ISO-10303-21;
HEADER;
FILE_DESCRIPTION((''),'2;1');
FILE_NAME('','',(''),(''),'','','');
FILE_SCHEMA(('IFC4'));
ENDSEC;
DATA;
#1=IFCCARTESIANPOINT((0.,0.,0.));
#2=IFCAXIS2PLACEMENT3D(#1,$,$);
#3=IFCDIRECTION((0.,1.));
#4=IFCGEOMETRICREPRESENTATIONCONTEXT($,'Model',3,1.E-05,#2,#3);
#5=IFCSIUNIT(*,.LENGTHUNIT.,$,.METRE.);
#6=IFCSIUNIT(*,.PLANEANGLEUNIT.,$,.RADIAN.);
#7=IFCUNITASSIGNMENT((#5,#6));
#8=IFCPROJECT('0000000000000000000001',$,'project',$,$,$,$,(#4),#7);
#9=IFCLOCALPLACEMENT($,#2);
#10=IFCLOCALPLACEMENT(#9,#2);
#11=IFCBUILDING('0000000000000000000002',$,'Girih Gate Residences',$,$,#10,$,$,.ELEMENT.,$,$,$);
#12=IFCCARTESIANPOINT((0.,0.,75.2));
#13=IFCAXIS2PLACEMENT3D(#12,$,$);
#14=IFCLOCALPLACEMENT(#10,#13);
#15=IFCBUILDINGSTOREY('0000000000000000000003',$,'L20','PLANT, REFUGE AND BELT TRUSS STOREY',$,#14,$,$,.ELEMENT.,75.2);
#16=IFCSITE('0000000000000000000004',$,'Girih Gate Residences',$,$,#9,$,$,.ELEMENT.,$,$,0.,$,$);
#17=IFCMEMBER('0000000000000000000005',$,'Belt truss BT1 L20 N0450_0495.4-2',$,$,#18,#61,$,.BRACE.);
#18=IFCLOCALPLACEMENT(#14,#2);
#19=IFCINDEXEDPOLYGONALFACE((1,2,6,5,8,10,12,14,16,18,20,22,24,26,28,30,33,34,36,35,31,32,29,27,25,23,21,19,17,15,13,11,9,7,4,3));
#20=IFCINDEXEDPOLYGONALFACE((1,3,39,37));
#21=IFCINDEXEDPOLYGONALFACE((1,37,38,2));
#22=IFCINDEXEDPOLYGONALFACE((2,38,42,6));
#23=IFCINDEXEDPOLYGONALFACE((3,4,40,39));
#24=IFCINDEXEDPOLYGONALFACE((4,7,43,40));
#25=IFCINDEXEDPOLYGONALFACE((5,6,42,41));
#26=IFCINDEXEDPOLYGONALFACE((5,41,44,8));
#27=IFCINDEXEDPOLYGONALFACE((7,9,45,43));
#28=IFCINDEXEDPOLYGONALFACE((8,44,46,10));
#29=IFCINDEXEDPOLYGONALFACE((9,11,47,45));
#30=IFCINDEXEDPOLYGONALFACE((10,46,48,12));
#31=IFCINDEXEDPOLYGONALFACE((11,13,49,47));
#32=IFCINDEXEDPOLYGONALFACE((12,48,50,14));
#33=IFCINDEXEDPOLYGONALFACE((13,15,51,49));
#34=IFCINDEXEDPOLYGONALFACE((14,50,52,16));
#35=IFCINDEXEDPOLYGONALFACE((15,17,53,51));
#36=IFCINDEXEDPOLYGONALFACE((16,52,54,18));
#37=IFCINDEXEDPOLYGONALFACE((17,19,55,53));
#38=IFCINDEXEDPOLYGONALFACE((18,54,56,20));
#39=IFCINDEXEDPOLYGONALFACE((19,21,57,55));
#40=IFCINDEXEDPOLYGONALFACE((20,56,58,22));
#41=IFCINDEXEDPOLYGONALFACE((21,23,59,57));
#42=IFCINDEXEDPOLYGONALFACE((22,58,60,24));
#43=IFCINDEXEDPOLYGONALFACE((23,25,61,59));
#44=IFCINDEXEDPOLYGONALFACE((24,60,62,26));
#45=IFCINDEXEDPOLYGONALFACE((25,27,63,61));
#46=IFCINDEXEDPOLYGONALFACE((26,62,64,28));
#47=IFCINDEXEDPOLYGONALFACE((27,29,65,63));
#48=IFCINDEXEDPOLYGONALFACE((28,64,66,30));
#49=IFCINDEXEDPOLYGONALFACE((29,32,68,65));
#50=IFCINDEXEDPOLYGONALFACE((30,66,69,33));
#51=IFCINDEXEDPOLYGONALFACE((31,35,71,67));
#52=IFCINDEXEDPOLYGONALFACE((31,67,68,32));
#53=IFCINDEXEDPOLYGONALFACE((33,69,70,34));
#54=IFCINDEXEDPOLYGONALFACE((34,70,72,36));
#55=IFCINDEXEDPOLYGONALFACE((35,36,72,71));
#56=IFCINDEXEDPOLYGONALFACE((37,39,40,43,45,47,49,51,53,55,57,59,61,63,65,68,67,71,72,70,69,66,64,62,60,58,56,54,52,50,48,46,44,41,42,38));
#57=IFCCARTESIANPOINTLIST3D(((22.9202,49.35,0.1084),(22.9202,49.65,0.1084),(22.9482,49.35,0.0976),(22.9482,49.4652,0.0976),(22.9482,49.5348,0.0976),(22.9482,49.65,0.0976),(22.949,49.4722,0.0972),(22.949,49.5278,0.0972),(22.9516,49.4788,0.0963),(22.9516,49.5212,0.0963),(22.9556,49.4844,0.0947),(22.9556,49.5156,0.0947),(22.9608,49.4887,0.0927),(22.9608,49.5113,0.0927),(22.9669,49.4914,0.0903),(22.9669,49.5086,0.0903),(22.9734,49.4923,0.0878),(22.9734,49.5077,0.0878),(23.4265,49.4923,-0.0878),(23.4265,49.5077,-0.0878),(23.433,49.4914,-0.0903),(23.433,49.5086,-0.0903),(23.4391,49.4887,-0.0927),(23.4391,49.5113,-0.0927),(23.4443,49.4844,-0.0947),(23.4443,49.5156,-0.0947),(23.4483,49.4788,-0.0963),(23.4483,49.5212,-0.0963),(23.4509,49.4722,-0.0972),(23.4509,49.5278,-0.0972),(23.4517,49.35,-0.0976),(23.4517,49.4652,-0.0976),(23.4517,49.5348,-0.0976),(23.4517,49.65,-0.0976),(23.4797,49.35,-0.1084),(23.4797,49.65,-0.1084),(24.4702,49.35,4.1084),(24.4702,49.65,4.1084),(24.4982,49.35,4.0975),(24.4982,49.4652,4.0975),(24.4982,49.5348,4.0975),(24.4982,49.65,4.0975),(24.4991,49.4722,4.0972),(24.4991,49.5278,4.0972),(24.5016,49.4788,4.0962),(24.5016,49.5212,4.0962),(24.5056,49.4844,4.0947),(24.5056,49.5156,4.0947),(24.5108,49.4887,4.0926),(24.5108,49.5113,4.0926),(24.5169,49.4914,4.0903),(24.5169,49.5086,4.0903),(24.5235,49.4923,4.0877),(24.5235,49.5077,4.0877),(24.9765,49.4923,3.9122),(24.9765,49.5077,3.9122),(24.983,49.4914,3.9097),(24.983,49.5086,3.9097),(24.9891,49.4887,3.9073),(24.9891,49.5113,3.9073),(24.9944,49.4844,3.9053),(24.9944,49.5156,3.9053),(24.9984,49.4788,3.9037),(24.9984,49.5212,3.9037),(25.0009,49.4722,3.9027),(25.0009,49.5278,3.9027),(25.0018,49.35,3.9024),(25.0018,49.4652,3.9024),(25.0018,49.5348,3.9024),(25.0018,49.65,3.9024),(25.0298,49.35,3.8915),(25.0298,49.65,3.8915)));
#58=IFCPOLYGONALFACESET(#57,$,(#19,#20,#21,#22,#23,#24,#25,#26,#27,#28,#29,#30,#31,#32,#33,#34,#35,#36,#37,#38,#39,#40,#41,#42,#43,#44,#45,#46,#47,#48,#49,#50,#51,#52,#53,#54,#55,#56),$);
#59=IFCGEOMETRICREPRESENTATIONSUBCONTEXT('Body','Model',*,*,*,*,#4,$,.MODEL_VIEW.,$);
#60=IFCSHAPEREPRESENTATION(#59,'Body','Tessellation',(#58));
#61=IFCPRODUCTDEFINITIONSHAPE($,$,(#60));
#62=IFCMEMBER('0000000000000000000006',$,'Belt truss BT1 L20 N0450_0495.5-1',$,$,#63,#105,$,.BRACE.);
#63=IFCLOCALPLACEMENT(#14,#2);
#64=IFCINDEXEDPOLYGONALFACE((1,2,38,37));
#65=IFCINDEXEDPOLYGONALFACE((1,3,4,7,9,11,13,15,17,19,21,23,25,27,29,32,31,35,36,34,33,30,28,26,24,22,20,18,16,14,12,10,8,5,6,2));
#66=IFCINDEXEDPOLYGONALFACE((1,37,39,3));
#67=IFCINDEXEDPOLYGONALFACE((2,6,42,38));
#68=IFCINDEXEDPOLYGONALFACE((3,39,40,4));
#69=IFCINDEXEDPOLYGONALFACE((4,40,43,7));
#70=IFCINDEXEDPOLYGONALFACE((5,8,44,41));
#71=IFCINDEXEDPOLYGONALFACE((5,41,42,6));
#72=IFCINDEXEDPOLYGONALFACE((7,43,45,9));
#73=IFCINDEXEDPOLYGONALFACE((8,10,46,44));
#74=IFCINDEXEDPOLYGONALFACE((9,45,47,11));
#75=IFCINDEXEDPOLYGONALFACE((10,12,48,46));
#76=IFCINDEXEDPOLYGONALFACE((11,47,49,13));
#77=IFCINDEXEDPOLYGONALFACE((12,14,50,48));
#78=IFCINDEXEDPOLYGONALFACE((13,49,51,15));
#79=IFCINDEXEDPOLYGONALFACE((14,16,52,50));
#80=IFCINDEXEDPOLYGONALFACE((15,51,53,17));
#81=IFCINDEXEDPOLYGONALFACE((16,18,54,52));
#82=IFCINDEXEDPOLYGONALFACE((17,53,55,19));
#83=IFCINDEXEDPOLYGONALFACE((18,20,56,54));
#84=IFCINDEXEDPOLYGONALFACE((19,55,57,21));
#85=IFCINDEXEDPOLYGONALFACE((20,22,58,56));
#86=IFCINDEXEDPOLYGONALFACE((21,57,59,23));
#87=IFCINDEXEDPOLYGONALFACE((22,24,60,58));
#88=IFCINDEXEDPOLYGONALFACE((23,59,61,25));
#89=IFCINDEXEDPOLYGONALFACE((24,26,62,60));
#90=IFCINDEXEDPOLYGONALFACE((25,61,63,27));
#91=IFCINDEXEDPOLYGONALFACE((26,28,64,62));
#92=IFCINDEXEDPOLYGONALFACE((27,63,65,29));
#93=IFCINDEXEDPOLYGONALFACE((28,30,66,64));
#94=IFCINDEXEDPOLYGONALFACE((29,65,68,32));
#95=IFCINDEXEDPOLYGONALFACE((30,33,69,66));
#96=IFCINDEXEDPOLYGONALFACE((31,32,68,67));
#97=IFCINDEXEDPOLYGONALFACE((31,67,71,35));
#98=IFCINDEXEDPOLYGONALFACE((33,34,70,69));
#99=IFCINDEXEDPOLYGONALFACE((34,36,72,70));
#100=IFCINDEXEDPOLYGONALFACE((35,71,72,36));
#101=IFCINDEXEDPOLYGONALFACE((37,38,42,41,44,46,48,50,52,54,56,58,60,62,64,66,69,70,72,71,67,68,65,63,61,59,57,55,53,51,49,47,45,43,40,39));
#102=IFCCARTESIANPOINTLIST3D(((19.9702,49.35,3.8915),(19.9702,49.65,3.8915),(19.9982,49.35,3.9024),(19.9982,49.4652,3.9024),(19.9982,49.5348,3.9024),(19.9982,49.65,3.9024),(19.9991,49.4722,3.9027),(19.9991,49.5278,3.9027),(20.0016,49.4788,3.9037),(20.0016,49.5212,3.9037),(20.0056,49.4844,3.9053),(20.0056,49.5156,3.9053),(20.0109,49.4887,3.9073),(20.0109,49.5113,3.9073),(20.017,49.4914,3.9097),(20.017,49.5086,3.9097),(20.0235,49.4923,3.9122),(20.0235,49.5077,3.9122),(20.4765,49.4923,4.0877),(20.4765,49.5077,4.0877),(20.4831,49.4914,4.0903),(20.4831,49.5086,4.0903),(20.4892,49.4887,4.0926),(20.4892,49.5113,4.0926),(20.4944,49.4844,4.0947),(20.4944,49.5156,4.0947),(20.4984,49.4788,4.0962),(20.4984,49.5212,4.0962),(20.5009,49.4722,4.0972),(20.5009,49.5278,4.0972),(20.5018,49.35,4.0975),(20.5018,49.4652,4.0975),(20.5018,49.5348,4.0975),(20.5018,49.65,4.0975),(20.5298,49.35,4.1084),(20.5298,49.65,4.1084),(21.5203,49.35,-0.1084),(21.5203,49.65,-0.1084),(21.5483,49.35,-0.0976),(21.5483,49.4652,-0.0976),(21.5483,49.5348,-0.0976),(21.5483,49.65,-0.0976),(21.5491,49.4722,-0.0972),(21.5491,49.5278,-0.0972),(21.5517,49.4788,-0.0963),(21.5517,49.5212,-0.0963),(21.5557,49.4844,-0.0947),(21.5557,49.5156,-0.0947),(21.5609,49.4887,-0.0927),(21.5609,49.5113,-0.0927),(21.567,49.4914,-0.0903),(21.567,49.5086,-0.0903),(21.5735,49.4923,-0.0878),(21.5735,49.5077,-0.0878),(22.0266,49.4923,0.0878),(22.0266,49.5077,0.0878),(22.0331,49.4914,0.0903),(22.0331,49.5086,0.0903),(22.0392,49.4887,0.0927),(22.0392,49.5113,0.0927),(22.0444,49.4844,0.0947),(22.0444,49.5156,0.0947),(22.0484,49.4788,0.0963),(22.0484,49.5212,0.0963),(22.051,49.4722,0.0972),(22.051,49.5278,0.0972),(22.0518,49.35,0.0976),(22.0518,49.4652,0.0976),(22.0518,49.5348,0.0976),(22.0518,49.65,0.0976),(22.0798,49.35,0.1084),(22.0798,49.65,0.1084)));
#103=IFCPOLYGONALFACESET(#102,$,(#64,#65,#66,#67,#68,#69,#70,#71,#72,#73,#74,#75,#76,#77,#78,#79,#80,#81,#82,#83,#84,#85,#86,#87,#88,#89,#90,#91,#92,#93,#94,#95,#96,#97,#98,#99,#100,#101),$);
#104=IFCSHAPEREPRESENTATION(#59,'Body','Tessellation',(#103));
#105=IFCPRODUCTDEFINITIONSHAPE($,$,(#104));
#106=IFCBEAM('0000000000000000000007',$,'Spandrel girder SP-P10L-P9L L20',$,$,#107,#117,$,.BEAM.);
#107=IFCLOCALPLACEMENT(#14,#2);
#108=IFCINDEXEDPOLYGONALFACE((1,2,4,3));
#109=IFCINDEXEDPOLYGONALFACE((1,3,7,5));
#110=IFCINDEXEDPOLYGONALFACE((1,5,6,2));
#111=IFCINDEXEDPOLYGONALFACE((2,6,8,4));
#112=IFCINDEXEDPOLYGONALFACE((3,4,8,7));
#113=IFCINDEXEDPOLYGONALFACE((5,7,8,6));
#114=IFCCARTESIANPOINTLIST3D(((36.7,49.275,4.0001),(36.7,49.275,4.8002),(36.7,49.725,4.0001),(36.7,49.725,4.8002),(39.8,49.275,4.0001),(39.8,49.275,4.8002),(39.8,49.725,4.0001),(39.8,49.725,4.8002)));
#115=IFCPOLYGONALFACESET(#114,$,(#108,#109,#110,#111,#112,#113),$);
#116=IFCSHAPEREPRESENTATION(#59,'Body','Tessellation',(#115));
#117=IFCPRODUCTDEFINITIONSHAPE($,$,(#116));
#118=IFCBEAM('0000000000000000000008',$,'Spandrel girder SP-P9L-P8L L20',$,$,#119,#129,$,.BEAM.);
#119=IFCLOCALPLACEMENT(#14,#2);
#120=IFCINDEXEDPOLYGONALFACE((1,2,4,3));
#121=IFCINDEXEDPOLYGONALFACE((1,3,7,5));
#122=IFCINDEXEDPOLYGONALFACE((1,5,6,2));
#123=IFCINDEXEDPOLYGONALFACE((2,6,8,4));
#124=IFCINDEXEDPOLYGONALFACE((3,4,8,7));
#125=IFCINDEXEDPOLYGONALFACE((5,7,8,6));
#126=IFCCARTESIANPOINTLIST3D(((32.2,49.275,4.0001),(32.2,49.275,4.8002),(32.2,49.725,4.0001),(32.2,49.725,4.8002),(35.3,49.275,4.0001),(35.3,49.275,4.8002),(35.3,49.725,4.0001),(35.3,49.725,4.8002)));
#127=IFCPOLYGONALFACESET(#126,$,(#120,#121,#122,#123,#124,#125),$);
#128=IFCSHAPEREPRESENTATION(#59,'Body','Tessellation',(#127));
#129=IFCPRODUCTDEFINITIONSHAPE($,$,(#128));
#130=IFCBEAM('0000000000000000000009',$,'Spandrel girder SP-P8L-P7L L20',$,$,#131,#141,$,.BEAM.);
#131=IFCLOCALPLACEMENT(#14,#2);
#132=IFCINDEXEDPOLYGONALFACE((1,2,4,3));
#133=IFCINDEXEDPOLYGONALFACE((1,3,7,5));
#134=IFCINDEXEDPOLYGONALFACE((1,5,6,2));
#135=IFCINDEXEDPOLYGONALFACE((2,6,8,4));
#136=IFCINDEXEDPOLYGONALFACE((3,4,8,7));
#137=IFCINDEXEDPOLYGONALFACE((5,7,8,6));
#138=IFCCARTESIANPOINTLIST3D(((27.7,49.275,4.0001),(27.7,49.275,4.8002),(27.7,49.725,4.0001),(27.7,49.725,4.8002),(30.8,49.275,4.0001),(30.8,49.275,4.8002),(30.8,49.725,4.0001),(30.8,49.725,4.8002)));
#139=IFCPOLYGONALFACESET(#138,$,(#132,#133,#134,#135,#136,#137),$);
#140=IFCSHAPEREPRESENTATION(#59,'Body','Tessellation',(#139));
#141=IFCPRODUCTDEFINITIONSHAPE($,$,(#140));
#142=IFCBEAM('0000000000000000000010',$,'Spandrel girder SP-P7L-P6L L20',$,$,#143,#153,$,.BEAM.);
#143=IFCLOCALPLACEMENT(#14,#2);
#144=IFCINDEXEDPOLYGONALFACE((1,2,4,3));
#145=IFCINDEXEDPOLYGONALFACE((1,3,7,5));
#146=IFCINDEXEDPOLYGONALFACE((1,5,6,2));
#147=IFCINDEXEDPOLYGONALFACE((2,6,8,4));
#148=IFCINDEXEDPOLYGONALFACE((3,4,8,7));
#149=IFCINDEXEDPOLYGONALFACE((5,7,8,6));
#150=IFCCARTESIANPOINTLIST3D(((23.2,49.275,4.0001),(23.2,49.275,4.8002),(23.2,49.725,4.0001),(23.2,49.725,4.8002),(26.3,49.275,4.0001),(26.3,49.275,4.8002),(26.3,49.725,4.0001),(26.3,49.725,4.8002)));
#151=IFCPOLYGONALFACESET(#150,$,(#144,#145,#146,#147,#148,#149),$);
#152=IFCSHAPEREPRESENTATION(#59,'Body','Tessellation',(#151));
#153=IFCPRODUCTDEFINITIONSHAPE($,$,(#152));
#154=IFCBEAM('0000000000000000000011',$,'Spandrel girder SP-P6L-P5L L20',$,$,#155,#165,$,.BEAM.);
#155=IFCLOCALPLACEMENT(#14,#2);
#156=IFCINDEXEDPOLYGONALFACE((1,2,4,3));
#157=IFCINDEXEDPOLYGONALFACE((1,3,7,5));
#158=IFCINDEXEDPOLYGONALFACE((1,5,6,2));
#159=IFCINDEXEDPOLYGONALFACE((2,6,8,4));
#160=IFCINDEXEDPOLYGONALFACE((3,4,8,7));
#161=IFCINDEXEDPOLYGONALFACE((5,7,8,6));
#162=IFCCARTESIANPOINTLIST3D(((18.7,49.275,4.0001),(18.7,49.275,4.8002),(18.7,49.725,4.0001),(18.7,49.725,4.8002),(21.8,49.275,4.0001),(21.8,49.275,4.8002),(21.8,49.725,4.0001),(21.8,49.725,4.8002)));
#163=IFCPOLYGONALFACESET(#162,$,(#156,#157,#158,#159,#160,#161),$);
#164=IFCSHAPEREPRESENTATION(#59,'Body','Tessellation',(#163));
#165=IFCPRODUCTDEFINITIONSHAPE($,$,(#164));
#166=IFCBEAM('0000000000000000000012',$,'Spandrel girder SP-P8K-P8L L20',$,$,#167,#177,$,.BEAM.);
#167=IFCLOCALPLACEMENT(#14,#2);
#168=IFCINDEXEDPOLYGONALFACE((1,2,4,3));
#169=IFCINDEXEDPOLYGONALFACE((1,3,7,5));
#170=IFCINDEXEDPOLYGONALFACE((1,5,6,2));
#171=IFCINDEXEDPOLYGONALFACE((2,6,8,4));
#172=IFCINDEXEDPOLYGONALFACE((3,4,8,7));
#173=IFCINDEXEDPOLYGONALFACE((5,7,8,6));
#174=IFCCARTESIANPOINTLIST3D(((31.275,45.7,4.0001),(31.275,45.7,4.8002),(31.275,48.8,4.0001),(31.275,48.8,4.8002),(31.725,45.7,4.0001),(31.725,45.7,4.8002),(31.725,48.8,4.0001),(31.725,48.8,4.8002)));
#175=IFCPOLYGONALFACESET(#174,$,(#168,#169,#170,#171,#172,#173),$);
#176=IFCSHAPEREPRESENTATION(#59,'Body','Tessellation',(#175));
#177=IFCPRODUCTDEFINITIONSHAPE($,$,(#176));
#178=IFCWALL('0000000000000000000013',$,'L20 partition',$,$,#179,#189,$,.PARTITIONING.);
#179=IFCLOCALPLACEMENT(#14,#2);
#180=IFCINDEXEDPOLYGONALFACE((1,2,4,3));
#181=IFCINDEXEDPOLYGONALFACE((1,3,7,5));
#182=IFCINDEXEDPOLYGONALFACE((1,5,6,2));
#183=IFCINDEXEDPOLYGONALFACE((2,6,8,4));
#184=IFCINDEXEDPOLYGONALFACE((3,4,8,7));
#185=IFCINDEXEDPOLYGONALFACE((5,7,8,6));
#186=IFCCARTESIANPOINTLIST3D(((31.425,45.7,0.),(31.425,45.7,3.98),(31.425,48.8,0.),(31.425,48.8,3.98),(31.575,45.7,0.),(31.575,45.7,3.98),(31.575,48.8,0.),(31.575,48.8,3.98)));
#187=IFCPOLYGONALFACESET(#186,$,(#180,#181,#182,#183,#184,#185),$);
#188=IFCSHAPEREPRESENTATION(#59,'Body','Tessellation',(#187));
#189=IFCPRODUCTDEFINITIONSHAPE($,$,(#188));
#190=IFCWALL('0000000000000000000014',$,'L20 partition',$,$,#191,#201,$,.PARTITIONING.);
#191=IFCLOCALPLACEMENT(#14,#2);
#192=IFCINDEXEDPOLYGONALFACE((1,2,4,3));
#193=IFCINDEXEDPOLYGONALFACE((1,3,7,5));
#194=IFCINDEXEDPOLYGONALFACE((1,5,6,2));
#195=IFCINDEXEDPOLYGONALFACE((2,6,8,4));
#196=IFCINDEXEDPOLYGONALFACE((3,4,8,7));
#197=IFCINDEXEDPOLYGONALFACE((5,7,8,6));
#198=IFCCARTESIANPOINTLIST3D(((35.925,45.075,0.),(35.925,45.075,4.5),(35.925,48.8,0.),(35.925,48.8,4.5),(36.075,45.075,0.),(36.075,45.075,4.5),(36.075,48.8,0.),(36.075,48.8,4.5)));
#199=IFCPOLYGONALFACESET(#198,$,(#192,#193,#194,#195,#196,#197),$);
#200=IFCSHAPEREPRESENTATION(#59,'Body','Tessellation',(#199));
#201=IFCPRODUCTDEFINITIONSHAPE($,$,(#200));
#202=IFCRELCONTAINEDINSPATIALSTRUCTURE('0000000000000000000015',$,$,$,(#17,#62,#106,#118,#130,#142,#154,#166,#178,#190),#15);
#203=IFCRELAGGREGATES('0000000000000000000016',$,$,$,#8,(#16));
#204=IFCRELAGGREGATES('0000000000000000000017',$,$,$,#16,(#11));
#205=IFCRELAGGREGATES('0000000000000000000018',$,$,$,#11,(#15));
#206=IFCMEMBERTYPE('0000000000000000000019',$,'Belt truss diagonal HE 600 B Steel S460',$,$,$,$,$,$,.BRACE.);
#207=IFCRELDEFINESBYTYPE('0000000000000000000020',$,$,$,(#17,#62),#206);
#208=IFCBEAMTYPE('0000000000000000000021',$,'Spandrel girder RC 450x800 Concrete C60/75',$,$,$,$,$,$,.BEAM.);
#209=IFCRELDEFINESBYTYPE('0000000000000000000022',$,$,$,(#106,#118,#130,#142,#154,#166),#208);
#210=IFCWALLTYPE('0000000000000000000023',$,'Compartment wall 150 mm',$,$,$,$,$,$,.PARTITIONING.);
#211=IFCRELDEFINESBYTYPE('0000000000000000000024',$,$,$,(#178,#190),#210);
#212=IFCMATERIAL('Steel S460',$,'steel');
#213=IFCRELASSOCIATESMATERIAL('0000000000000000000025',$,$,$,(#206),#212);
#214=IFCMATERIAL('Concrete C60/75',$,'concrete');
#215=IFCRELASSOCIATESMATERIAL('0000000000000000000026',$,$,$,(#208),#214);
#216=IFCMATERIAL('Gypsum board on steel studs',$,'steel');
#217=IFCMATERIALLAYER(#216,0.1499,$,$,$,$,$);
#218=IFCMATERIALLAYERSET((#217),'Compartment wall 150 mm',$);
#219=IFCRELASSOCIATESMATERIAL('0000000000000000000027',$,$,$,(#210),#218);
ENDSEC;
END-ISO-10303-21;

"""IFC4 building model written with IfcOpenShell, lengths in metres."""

from ifc_helpers import new_model, si_unit, direction, frame, frame_2d, origin, origin_2d, place, context, subcontext, project, spatial, rectangle, i_section, extrude, material, layer, layer_set, material_profile, profile_set, type_object, element, save


model = new_model("IFC4")

# Units and contexts
model_context = context("Model", 3, precision=1e-05, world=origin(), true_north=direction((0.0, 1.0)))
body_context = subcontext(model_context, "Body", "Model", "MODEL_VIEW")
ifc_project = project(units=[si_unit("LENGTHUNIT", "METRE"), si_unit("PLANEANGLEUNIT", "RADIAN")], contexts=[model_context])

# Site, building, storey
site_placement = place(None, origin())
site = spatial("IfcSite", under=ifc_project, at=site_placement, Name="Girih Gate Residences", CompositionType="ELEMENT", RefElevation=0.0)
building_placement = place(site_placement, origin())
building = spatial("IfcBuilding", under=site, at=building_placement, Name="Girih Gate Residences", CompositionType="ELEMENT")
storey_placement = place(building_placement, frame((0.0, 0.0, 75.2)))
storey = spatial("IfcBuildingStorey", under=building, at=storey_placement, Name="L20", Description="PLANT, REFUGE AND BELT TRUSS STOREY", CompositionType="ELEMENT", Elevation=75.2)

# Members
ifc_material_1 = material(Name="Steel S460", Category="steel")
ifc_material_profile_1 = material_profile(ifc_material_1, i_section(OverallWidth=0.3, OverallDepth=0.6001, WebThickness=0.0154, FlangeThickness=0.03, FilletRadius=0.0271, at=origin_2d()))
ifc_profile_set_1 = profile_set([ifc_material_profile_1], Name="Steel S460")
member_type = type_object("IfcMemberType", Name="Belt truss diagonal HE 600 B Steel S460", PredefinedType="BRACE", material=ifc_profile_set_1)
for number, where, z_axis, x_axis, name in (
    (1, (23.2, 49.5, 0.0), (0.361331, 0.0, 0.932438), (0.0, 1.0, 0.0), "Belt truss BT1 L20 N0450_0495.4-2"),
    (2, (21.8, 49.5, 0.0), (-0.361331, 0.0, 0.932438), (0.0, -1.0, 0.0), "Belt truss BT1 L20 N0450_0495.5-1"),
):
    element("IfcMember", number, at=place(storey_placement, frame(where, z_axis=z_axis, x_axis=x_axis)), inside=storey, type_object=member_type, Name=name, PredefinedType="BRACE", context=body_context, shape_type="SweptSolid", body=[
        extrude(i_section(OverallWidth=0.3, OverallDepth=0.6001, WebThickness=0.0154, FlangeThickness=0.03, FilletRadius=0.0271, at=origin_2d()), origin(), (0.0, 0.0, 1.0), 4.2898),
    ])

# Beams
ifc_material_2 = material(Name="Concrete C60/75", Category="concrete")
ifc_material_profile_2 = material_profile(ifc_material_2, rectangle(XDim=0.45, YDim=0.8, at=origin_2d()))
ifc_profile_set_2 = profile_set([ifc_material_profile_2], Name="Concrete C60/75")
beam_type = type_object("IfcBeamType", Name="Spandrel girder RC 450x800 Concrete C60/75", PredefinedType="BEAM", material=ifc_profile_set_2)
for number, where, z_axis, x_axis, name in (
    (3, (39.8, 49.5, 4.4001), (-1.0, 0.0, 0.0), (0.0, -1.0, 0.0), "Spandrel girder SP-P10L-P9L L20"),
    (4, (35.3, 49.5, 4.4001), (-1.0, 0.0, 0.0), (0.0, -1.0, 0.0), "Spandrel girder SP-P9L-P8L L20"),
    (5, (30.8, 49.5, 4.4001), (-1.0, 0.0, 0.0), (0.0, -1.0, 0.0), "Spandrel girder SP-P8L-P7L L20"),
    (6, (26.3, 49.5, 4.4001), (-1.0, 0.0, 0.0), (0.0, -1.0, 0.0), "Spandrel girder SP-P7L-P6L L20"),
    (7, (21.8, 49.5, 4.4001), (-1.0, 0.0, 0.0), (0.0, -1.0, 0.0), "Spandrel girder SP-P6L-P5L L20"),
    (8, (31.5, 45.7, 4.4001), (0.0, 1.0, 0.0), (-1.0, 0.0, 0.0), "Spandrel girder SP-P8K-P8L L20"),
):
    element("IfcBeam", number, at=place(storey_placement, frame(where, z_axis=z_axis, x_axis=x_axis)), inside=storey, type_object=beam_type, Name=name, PredefinedType="BEAM", context=body_context, shape_type="SweptSolid", body=[
        extrude(rectangle(XDim=0.45, YDim=0.8, at=origin_2d()), origin(), (0.0, 0.0, 1.0), 3.1001),
    ])

# Walls
ifc_material_3 = material(Name="Gypsum board on steel studs", Category="steel")
ifc_layer_1 = layer(ifc_material_3, 0.1499)
ifc_layer_set_1 = layer_set([ifc_layer_1], Name="Compartment wall 150 mm")
wall_type_1 = type_object("IfcWallType", Name="Compartment wall 150 mm", PredefinedType="PARTITIONING", material=ifc_layer_set_1)
wall_1_placement = place(storey_placement, frame((31.5, 45.7, 0.0), z_axis=(0.0, 0.0, 1.0), x_axis=(0.0, 1.0, 0.0)))
element("IfcWall", 9, at=wall_1_placement, inside=storey, type_object=wall_type_1, Name="L20 partition", PredefinedType="PARTITIONING", context=body_context, shape_type="SweptSolid", body=[
    extrude(rectangle(XDim=3.1001, YDim=0.1499, at=frame_2d((1.55, 0.0))), origin(), (0.0, 0.0, 1.0), 3.98),
])
wall_2_placement = place(storey_placement, frame((36.0, 45.075, 0.0), z_axis=(0.0, 0.0, 1.0), x_axis=(0.0, 1.0, 0.0)))
element("IfcWall", 10, at=wall_2_placement, inside=storey, type_object=wall_type_1, Name="L20 partition", PredefinedType="PARTITIONING", context=body_context, shape_type="SweptSolid", body=[
    extrude(rectangle(XDim=3.7251, YDim=0.1499, at=frame_2d((1.8625, 0.0))), origin(), (0.0, 0.0, 1.0), 4.5),
])

save(model, "model.ifc")
